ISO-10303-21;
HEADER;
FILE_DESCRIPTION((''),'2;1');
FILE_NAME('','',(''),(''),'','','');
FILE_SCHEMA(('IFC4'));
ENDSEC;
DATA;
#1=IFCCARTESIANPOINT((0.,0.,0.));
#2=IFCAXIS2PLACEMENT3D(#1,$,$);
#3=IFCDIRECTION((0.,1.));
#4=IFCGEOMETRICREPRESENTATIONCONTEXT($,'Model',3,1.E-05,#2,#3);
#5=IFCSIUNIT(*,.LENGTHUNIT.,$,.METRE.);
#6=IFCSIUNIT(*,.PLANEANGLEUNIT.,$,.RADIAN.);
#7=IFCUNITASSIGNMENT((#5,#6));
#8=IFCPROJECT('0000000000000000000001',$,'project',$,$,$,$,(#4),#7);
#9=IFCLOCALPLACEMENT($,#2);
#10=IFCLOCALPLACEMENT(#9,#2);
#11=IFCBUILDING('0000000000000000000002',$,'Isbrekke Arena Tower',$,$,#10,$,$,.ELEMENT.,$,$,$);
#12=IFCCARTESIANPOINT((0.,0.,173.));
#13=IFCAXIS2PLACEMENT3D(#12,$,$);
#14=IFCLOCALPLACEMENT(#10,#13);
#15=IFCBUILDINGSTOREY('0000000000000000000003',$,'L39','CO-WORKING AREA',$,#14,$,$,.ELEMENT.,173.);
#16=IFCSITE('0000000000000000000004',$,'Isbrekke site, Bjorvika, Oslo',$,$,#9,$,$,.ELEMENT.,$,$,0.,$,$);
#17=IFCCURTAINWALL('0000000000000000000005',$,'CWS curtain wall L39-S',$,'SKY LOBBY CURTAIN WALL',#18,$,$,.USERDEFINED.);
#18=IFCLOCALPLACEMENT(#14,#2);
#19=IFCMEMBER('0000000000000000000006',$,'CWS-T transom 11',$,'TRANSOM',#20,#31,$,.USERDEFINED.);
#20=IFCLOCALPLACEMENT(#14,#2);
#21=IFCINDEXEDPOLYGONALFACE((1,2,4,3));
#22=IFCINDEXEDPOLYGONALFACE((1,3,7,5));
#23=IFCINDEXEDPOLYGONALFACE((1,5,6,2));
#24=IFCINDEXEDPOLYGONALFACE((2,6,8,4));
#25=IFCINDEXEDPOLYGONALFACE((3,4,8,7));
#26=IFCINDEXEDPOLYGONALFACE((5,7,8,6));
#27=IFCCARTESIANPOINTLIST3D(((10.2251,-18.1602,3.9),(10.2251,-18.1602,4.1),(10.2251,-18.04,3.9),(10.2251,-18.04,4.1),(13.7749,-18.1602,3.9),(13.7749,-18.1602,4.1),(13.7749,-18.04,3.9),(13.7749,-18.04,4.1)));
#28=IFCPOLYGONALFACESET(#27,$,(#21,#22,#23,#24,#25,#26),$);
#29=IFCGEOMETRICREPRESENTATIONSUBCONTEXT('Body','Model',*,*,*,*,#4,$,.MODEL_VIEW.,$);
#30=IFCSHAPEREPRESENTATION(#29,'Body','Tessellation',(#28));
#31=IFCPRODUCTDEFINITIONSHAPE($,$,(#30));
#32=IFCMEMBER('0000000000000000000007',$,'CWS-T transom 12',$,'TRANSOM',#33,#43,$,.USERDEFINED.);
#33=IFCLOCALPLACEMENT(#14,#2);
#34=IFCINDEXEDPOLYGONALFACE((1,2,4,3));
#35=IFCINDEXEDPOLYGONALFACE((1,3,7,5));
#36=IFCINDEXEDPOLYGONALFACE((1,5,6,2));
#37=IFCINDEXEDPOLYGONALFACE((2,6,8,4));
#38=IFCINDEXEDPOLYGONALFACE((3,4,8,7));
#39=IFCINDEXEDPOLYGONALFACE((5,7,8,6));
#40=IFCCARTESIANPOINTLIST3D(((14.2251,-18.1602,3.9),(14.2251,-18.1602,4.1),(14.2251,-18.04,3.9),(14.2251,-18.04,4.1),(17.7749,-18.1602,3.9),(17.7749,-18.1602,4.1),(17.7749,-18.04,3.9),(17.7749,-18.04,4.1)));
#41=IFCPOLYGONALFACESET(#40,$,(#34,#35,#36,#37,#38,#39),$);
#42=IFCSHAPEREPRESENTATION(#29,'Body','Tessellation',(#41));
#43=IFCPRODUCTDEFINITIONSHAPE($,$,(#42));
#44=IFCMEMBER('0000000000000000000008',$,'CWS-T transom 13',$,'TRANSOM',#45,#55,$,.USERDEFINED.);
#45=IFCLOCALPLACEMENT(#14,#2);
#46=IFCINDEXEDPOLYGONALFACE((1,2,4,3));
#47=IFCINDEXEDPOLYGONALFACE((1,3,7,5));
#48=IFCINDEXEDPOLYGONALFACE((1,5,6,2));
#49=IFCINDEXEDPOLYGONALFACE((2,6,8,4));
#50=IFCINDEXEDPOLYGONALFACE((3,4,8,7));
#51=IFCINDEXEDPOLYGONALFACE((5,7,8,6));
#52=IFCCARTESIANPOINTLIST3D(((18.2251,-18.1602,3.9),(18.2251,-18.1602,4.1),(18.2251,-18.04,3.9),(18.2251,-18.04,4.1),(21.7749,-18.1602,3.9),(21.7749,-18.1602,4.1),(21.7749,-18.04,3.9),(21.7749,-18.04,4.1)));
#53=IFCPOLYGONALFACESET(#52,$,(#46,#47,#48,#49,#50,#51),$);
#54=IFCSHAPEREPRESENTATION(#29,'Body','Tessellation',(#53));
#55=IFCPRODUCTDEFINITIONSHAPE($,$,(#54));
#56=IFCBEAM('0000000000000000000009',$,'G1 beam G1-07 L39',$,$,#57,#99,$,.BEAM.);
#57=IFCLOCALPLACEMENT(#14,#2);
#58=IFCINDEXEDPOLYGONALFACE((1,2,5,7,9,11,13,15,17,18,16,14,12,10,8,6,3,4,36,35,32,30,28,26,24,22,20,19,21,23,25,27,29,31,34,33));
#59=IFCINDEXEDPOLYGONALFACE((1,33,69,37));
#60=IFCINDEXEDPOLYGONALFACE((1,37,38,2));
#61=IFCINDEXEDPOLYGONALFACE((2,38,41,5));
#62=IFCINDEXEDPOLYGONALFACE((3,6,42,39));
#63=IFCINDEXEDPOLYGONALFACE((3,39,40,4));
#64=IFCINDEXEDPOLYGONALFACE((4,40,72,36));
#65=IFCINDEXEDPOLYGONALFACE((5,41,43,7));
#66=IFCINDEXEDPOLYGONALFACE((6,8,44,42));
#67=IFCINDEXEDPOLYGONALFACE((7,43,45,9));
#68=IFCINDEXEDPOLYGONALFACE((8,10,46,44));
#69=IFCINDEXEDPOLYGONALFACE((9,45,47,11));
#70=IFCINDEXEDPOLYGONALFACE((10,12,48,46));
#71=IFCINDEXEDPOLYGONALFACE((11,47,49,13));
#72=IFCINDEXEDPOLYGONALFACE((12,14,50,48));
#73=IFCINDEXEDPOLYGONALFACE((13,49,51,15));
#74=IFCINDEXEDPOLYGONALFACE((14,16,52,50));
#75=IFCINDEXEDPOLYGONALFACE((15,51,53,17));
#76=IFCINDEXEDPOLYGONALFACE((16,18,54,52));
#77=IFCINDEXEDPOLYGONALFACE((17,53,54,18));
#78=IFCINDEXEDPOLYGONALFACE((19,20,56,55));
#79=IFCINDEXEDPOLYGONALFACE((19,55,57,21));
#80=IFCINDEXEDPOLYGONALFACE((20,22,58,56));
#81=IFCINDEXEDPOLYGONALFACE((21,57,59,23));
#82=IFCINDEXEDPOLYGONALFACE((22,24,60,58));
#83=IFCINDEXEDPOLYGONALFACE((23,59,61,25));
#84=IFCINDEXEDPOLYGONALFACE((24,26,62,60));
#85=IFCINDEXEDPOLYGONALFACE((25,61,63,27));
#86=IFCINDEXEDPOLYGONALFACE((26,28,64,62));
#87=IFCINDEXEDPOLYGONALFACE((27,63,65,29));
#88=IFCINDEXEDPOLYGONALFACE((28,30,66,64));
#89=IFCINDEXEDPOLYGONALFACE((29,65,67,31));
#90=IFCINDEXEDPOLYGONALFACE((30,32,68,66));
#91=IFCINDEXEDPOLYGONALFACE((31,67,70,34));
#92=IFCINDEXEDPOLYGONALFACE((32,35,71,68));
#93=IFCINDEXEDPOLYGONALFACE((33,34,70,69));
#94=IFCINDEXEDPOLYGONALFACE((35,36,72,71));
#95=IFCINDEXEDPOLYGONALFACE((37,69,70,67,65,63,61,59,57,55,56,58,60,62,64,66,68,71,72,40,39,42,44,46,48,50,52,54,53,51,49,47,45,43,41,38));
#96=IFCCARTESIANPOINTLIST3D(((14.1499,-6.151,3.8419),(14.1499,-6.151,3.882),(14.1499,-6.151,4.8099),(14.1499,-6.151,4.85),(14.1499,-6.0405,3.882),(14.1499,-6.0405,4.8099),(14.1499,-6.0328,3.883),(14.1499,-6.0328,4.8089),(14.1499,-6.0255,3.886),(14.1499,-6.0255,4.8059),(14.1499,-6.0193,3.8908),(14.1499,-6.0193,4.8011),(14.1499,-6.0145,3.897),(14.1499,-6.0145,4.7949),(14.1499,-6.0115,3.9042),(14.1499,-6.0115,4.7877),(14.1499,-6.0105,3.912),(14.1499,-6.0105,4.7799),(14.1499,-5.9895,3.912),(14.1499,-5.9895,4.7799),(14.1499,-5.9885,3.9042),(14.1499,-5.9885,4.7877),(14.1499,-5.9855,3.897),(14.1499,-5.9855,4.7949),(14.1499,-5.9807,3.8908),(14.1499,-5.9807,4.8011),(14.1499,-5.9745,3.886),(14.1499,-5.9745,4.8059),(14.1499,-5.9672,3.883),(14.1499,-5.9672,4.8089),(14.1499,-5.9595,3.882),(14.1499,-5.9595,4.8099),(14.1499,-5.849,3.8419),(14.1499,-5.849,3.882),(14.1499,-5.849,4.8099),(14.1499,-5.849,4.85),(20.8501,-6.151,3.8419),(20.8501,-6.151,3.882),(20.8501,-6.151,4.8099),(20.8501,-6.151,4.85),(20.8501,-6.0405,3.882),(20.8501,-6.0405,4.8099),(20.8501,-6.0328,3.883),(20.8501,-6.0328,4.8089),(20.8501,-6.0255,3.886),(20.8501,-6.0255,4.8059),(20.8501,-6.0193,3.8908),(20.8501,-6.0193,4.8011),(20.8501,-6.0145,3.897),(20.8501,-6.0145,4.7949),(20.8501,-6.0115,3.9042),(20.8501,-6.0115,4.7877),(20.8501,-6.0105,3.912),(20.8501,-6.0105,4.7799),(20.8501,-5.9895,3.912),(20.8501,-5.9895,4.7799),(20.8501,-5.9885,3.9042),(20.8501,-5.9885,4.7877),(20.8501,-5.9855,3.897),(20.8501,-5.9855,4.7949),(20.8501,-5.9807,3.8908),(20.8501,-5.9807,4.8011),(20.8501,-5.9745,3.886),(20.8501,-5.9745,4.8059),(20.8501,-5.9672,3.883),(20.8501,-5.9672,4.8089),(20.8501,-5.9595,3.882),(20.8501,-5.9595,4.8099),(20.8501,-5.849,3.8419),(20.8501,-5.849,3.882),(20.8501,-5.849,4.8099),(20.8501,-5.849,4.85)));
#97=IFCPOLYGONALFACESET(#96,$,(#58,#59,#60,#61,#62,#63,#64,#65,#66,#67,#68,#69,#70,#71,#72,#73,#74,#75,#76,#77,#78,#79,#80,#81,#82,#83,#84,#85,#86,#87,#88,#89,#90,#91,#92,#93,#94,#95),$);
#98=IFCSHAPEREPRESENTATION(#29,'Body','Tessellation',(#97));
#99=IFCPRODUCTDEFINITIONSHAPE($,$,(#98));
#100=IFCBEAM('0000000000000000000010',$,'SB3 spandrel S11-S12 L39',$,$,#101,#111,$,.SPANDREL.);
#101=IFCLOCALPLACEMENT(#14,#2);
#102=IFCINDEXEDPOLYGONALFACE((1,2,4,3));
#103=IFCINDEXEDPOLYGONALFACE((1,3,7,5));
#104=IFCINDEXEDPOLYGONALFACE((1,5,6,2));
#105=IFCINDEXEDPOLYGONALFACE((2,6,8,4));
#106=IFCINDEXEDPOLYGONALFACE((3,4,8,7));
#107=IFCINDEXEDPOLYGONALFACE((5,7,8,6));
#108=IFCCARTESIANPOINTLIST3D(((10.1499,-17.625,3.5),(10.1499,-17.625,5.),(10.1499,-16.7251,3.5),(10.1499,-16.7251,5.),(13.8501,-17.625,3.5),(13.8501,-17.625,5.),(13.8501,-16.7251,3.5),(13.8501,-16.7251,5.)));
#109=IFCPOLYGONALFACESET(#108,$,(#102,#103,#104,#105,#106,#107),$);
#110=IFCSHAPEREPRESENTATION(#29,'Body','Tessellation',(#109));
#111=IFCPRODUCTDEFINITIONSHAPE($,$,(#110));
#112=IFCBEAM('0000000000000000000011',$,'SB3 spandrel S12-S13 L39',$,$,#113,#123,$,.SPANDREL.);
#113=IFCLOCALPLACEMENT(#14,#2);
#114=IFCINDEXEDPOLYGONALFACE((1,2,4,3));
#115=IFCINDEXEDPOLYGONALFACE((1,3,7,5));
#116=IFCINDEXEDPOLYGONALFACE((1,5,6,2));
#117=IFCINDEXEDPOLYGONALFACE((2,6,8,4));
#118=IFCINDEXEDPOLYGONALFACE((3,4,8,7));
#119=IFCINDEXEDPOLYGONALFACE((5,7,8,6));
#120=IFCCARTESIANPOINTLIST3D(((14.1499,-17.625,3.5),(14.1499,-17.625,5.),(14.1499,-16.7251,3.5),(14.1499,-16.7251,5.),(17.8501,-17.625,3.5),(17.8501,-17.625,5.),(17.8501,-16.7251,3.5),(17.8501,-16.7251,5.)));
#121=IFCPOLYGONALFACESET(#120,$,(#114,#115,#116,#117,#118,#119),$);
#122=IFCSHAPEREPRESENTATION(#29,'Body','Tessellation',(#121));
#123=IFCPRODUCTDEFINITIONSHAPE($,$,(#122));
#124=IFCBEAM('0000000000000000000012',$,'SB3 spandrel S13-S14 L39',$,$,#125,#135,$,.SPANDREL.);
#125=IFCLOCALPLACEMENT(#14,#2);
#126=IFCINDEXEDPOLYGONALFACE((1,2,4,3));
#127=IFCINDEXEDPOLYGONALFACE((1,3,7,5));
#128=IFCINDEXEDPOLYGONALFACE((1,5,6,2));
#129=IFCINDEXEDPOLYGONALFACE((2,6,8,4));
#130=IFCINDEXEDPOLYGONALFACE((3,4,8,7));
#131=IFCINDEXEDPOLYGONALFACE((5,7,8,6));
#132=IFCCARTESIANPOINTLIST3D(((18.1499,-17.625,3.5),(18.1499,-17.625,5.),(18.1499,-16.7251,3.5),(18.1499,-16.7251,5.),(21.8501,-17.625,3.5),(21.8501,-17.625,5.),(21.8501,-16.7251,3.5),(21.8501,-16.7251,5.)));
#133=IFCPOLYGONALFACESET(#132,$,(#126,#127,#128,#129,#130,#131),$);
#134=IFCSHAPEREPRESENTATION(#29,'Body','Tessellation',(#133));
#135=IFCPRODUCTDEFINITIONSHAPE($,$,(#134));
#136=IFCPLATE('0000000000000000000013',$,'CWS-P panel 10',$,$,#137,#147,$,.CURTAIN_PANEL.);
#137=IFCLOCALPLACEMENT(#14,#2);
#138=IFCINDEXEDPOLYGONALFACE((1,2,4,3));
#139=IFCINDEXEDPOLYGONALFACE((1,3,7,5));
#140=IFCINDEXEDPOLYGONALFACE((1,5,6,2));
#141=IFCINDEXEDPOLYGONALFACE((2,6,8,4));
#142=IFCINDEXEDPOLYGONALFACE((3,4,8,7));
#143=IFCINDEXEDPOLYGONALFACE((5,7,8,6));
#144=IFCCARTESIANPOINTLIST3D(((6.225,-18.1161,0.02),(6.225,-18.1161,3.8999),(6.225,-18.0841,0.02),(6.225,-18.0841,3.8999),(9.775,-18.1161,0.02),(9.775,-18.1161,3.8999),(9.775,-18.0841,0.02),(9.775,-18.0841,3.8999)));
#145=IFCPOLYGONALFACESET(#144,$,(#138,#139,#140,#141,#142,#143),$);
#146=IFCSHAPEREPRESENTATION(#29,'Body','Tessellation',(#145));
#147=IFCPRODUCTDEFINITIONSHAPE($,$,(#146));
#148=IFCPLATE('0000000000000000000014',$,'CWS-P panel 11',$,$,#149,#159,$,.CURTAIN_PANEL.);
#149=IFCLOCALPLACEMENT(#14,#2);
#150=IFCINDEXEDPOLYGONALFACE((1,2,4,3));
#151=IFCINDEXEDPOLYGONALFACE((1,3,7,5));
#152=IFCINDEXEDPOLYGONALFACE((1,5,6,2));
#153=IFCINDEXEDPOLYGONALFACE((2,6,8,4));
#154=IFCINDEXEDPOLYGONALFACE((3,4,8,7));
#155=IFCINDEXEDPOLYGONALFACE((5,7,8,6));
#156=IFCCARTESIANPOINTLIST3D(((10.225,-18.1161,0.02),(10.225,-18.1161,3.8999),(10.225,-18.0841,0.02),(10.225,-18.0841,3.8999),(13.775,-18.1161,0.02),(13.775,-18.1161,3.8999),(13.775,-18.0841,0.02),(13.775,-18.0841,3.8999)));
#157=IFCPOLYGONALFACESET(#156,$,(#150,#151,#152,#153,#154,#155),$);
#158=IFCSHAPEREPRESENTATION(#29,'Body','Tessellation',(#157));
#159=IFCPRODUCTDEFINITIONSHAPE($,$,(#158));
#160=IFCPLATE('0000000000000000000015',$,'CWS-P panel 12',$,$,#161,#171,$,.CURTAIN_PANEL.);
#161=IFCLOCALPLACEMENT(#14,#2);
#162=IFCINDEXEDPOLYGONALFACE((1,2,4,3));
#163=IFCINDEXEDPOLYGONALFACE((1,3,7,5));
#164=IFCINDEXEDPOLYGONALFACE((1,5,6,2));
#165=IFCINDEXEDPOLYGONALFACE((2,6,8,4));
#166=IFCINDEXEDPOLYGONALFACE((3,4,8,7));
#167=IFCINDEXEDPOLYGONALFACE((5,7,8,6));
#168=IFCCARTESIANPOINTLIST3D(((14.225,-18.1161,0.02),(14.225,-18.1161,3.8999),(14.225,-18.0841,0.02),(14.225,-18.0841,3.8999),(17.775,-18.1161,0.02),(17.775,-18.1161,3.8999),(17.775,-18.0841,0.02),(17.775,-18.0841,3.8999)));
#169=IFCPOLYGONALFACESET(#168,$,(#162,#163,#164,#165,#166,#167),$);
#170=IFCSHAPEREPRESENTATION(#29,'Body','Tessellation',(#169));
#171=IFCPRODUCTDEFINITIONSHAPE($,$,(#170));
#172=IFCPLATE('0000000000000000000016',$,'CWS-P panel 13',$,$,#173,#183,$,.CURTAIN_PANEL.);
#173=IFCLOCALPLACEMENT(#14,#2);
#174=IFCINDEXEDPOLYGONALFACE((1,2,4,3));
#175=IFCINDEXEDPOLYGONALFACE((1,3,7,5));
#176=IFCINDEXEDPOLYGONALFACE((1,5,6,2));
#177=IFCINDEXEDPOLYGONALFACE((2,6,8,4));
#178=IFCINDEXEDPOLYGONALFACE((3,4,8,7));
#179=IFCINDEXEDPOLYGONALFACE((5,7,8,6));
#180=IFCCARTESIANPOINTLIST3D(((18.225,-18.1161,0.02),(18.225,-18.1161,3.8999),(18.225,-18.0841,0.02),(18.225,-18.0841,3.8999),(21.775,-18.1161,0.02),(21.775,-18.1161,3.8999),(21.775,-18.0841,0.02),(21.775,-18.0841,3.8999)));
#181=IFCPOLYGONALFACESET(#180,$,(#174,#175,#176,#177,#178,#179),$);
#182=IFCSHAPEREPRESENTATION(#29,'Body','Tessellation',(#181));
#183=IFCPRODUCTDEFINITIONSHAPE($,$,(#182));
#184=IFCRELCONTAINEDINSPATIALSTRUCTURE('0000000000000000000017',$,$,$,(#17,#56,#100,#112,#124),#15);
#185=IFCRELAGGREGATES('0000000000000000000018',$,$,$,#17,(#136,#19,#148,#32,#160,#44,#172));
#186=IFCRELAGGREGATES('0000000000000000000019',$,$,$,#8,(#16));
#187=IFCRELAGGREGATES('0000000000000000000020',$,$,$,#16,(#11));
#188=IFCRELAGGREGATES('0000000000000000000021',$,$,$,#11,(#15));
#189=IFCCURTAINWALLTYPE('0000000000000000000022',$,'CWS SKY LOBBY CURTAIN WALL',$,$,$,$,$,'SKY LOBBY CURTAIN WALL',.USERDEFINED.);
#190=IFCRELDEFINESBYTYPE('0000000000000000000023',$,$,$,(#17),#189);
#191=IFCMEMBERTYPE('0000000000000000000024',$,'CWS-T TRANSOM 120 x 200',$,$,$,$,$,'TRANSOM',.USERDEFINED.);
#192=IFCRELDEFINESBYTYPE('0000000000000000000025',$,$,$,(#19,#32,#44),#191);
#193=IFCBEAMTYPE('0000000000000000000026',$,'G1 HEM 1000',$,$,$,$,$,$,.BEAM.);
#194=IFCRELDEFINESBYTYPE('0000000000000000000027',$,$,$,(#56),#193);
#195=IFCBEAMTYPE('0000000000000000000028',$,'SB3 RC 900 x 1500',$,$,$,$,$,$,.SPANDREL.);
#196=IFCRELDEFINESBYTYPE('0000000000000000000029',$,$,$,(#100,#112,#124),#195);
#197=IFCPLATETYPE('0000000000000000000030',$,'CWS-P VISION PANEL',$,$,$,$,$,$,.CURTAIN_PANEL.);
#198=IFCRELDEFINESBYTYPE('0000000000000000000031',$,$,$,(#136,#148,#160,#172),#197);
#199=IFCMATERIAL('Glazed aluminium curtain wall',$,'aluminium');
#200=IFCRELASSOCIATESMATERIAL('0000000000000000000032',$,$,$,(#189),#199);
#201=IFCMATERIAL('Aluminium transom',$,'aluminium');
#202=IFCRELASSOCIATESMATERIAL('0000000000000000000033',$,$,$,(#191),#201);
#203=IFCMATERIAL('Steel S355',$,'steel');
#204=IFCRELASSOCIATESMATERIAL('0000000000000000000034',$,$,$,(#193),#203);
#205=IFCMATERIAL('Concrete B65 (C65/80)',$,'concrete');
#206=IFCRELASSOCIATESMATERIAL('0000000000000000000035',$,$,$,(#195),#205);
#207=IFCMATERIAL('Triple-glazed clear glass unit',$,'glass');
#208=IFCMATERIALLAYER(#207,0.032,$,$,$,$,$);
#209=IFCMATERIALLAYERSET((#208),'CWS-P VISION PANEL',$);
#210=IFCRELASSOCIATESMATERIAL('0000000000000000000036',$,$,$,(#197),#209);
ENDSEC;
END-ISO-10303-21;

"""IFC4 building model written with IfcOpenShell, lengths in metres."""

from ifc_helpers import new_model, si_unit, direction, frame, origin, origin_2d, place, context, subcontext, project, spatial, rectangle, i_section, extrude, material, layer, layer_set, material_profile, profile_set, type_object, element, aggregate, save


model = new_model("IFC4")

# Units and contexts
model_context = context("Model", 3, precision=1e-05, world=origin(), true_north=direction((0.0, 1.0)))
body_context = subcontext(model_context, "Body", "Model", "MODEL_VIEW")
ifc_project = project(units=[si_unit("LENGTHUNIT", "METRE"), si_unit("PLANEANGLEUNIT", "RADIAN")], contexts=[model_context])

# Site, building, storey
site_placement = place(None, origin())
site = spatial("IfcSite", under=ifc_project, at=site_placement, Name="Isbrekke site, Bjorvika, Oslo", CompositionType="ELEMENT", RefElevation=0.0)
building_placement = place(site_placement, origin())
building = spatial("IfcBuilding", under=site, at=building_placement, Name="Isbrekke Arena Tower", CompositionType="ELEMENT")
storey_placement = place(building_placement, frame((0.0, 0.0, 173.0)))
storey = spatial("IfcBuildingStorey", under=building, at=storey_placement, Name="L39", Description="CO-WORKING AREA", CompositionType="ELEMENT", Elevation=173.0)

# Curtain wall, members
ifc_material_1 = material(Name="Glazed aluminium curtain wall", Category="aluminium")
curtain_wall_type = type_object("IfcCurtainWallType", Name="CWS SKY LOBBY CURTAIN WALL", ElementType="SKY LOBBY CURTAIN WALL", PredefinedType="USERDEFINED", material=ifc_material_1)
curtain_wall_placement = place(storey_placement, origin())
curtain_wall = element("IfcCurtainWall", 1, at=curtain_wall_placement, inside=storey, type_object=curtain_wall_type, Name="CWS curtain wall L39-S", ObjectType="SKY LOBBY CURTAIN WALL", PredefinedType="USERDEFINED")
ifc_material_2 = material(Name="Aluminium transom", Category="aluminium")
ifc_material_profile_1 = material_profile(ifc_material_2, rectangle(XDim=0.1201, YDim=0.2, at=origin_2d()), Name="TRANSOM 120X200")
ifc_profile_set_1 = profile_set([ifc_material_profile_1], Name="Aluminium transom")
member_type_1 = type_object("IfcMemberType", Name="CWS-T TRANSOM 120 x 200", ElementType="TRANSOM", PredefinedType="USERDEFINED", material=ifc_profile_set_1)
member_1_placement = place(storey_placement, frame((10.2251, -18.1001, 4.0), z_axis=(1.0, 0.0, 0.0), x_axis=(0.0, 1.0, 0.0)))
member_1 = element("IfcMember", 2, at=member_1_placement, type_object=member_type_1, Name="CWS-T transom 11", ObjectType="TRANSOM", PredefinedType="USERDEFINED", context=body_context, shape_type="SweptSolid", body=[
    extrude(rectangle(XDim=0.1201, YDim=0.2, at=origin_2d()), origin(), (0.0, 0.0, 1.0), 3.5498),
])
member_2_placement = place(storey_placement, frame((14.2251, -18.1001, 4.0), z_axis=(1.0, 0.0, 0.0), x_axis=(0.0, 1.0, 0.0)))
member_2 = element("IfcMember", 3, at=member_2_placement, type_object=member_type_1, Name="CWS-T transom 12", ObjectType="TRANSOM", PredefinedType="USERDEFINED", context=body_context, shape_type="SweptSolid", body=[
    extrude(rectangle(XDim=0.1201, YDim=0.2, at=origin_2d()), origin(), (0.0, 0.0, 1.0), 3.5498),
])
member_3_placement = place(storey_placement, frame((18.2251, -18.1001, 4.0), z_axis=(1.0, 0.0, 0.0), x_axis=(0.0, 1.0, 0.0)))
member_3 = element("IfcMember", 4, at=member_3_placement, type_object=member_type_1, Name="CWS-T transom 13", ObjectType="TRANSOM", PredefinedType="USERDEFINED", context=body_context, shape_type="SweptSolid", body=[
    extrude(rectangle(XDim=0.1201, YDim=0.2, at=origin_2d()), origin(), (0.0, 0.0, 1.0), 3.5498),
])

# Beams
ifc_material_3 = material(Name="Steel S355", Category="steel")
ifc_material_profile_2 = material_profile(ifc_material_3, i_section(OverallWidth=0.302, OverallDepth=1.0081, WebThickness=0.021, FlangeThickness=0.04, FilletRadius=0.03, at=origin_2d()), Name="HEM 1000")
ifc_profile_set_2 = profile_set([ifc_material_profile_2], Name="Steel S355")
beam_type_1 = type_object("IfcBeamType", Name="G1 HEM 1000", PredefinedType="BEAM", material=ifc_profile_set_2)
beam_1_placement = place(storey_placement, frame((14.1499, -6.0, 4.3459), z_axis=(1.0, 0.0, 0.0), x_axis=(0.0, 1.0, 0.0)))
element("IfcBeam", 5, at=beam_1_placement, inside=storey, type_object=beam_type_1, Name="G1 beam G1-07 L39", PredefinedType="BEAM", context=body_context, shape_type="SweptSolid", body=[
    extrude(i_section(OverallWidth=0.302, OverallDepth=1.0081, WebThickness=0.021, FlangeThickness=0.04, FilletRadius=0.03, at=origin_2d()), origin(), (0.0, 0.0, 1.0), 6.7002),
])
ifc_material_4 = material(Name="Concrete B65 (C65/80)", Category="concrete")
ifc_material_profile_3 = material_profile(ifc_material_4, rectangle(XDim=0.8999, YDim=1.5, at=origin_2d()), Name="RC 900x1500")
ifc_profile_set_3 = profile_set([ifc_material_profile_3], Name="Concrete B65 (C65/80)")
beam_type_2 = type_object("IfcBeamType", Name="SB3 RC 900 x 1500", PredefinedType="SPANDREL", material=ifc_profile_set_3)
for number, where, z_axis, x_axis, name in (
    (6, (10.1499, -17.175, 4.25), (1.0, 0.0, 0.0), (0.0, 1.0, 0.0), "SB3 spandrel S11-S12 L39"),
    (7, (14.1499, -17.175, 4.25), (1.0, 0.0, 0.0), (0.0, 1.0, 0.0), "SB3 spandrel S12-S13 L39"),
    (8, (18.1499, -17.175, 4.25), (1.0, 0.0, 0.0), (0.0, 1.0, 0.0), "SB3 spandrel S13-S14 L39"),
):
    element("IfcBeam", number, at=place(storey_placement, frame(where, z_axis=z_axis, x_axis=x_axis)), inside=storey, type_object=beam_type_2, Name=name, PredefinedType="SPANDREL", context=body_context, shape_type="SweptSolid", body=[
        extrude(rectangle(XDim=0.8999, YDim=1.5, at=origin_2d()), origin(), (0.0, 0.0, 1.0), 3.7002),
    ])

# Plates
ifc_material_5 = material(Name="Triple-glazed clear glass unit", Category="glass")
ifc_layer_1 = layer(ifc_material_5, 0.032)
ifc_layer_set_1 = layer_set([ifc_layer_1], Name="CWS-P VISION PANEL")
plate_type = type_object("IfcPlateType", Name="CWS-P VISION PANEL", PredefinedType="CURTAIN_PANEL", material=ifc_layer_set_1)
plate_1_placement = place(storey_placement, frame((8.0, -18.1001, 0.02), z_axis=(0.0, 0.0, 1.0), x_axis=(1.0, 0.0, 0.0)))
plate_1 = element("IfcPlate", 9, at=plate_1_placement, type_object=plate_type, Name="CWS-P panel 10", PredefinedType="CURTAIN_PANEL", context=body_context, shape_type="SweptSolid", body=[
    extrude(rectangle(XDim=3.55, YDim=0.032, at=origin_2d()), origin(), (0.0, 0.0, 1.0), 3.8799),
])
plate_2_placement = place(storey_placement, frame((12.0, -18.1001, 0.02), z_axis=(0.0, 0.0, 1.0), x_axis=(1.0, 0.0, 0.0)))
plate_2 = element("IfcPlate", 10, at=plate_2_placement, type_object=plate_type, Name="CWS-P panel 11", PredefinedType="CURTAIN_PANEL", context=body_context, shape_type="SweptSolid", body=[
    extrude(rectangle(XDim=3.55, YDim=0.032, at=origin_2d()), origin(), (0.0, 0.0, 1.0), 3.8799),
])
plate_3_placement = place(storey_placement, frame((16.0, -18.1001, 0.02), z_axis=(0.0, 0.0, 1.0), x_axis=(1.0, 0.0, 0.0)))
plate_3 = element("IfcPlate", 11, at=plate_3_placement, type_object=plate_type, Name="CWS-P panel 12", PredefinedType="CURTAIN_PANEL", context=body_context, shape_type="SweptSolid", body=[
    extrude(rectangle(XDim=3.55, YDim=0.032, at=origin_2d()), origin(), (0.0, 0.0, 1.0), 3.8799),
])
plate_4_placement = place(storey_placement, frame((20.0, -18.1001, 0.02), z_axis=(0.0, 0.0, 1.0), x_axis=(1.0, 0.0, 0.0)))
plate_4 = element("IfcPlate", 12, at=plate_4_placement, type_object=plate_type, Name="CWS-P panel 13", PredefinedType="CURTAIN_PANEL", context=body_context, shape_type="SweptSolid", body=[
    extrude(rectangle(XDim=3.55, YDim=0.032, at=origin_2d()), origin(), (0.0, 0.0, 1.0), 3.8799),
])
aggregate(curtain_wall, [plate_1, member_1, plate_2, member_2, plate_3, member_3, plate_4])

save(model, "model.ifc")
